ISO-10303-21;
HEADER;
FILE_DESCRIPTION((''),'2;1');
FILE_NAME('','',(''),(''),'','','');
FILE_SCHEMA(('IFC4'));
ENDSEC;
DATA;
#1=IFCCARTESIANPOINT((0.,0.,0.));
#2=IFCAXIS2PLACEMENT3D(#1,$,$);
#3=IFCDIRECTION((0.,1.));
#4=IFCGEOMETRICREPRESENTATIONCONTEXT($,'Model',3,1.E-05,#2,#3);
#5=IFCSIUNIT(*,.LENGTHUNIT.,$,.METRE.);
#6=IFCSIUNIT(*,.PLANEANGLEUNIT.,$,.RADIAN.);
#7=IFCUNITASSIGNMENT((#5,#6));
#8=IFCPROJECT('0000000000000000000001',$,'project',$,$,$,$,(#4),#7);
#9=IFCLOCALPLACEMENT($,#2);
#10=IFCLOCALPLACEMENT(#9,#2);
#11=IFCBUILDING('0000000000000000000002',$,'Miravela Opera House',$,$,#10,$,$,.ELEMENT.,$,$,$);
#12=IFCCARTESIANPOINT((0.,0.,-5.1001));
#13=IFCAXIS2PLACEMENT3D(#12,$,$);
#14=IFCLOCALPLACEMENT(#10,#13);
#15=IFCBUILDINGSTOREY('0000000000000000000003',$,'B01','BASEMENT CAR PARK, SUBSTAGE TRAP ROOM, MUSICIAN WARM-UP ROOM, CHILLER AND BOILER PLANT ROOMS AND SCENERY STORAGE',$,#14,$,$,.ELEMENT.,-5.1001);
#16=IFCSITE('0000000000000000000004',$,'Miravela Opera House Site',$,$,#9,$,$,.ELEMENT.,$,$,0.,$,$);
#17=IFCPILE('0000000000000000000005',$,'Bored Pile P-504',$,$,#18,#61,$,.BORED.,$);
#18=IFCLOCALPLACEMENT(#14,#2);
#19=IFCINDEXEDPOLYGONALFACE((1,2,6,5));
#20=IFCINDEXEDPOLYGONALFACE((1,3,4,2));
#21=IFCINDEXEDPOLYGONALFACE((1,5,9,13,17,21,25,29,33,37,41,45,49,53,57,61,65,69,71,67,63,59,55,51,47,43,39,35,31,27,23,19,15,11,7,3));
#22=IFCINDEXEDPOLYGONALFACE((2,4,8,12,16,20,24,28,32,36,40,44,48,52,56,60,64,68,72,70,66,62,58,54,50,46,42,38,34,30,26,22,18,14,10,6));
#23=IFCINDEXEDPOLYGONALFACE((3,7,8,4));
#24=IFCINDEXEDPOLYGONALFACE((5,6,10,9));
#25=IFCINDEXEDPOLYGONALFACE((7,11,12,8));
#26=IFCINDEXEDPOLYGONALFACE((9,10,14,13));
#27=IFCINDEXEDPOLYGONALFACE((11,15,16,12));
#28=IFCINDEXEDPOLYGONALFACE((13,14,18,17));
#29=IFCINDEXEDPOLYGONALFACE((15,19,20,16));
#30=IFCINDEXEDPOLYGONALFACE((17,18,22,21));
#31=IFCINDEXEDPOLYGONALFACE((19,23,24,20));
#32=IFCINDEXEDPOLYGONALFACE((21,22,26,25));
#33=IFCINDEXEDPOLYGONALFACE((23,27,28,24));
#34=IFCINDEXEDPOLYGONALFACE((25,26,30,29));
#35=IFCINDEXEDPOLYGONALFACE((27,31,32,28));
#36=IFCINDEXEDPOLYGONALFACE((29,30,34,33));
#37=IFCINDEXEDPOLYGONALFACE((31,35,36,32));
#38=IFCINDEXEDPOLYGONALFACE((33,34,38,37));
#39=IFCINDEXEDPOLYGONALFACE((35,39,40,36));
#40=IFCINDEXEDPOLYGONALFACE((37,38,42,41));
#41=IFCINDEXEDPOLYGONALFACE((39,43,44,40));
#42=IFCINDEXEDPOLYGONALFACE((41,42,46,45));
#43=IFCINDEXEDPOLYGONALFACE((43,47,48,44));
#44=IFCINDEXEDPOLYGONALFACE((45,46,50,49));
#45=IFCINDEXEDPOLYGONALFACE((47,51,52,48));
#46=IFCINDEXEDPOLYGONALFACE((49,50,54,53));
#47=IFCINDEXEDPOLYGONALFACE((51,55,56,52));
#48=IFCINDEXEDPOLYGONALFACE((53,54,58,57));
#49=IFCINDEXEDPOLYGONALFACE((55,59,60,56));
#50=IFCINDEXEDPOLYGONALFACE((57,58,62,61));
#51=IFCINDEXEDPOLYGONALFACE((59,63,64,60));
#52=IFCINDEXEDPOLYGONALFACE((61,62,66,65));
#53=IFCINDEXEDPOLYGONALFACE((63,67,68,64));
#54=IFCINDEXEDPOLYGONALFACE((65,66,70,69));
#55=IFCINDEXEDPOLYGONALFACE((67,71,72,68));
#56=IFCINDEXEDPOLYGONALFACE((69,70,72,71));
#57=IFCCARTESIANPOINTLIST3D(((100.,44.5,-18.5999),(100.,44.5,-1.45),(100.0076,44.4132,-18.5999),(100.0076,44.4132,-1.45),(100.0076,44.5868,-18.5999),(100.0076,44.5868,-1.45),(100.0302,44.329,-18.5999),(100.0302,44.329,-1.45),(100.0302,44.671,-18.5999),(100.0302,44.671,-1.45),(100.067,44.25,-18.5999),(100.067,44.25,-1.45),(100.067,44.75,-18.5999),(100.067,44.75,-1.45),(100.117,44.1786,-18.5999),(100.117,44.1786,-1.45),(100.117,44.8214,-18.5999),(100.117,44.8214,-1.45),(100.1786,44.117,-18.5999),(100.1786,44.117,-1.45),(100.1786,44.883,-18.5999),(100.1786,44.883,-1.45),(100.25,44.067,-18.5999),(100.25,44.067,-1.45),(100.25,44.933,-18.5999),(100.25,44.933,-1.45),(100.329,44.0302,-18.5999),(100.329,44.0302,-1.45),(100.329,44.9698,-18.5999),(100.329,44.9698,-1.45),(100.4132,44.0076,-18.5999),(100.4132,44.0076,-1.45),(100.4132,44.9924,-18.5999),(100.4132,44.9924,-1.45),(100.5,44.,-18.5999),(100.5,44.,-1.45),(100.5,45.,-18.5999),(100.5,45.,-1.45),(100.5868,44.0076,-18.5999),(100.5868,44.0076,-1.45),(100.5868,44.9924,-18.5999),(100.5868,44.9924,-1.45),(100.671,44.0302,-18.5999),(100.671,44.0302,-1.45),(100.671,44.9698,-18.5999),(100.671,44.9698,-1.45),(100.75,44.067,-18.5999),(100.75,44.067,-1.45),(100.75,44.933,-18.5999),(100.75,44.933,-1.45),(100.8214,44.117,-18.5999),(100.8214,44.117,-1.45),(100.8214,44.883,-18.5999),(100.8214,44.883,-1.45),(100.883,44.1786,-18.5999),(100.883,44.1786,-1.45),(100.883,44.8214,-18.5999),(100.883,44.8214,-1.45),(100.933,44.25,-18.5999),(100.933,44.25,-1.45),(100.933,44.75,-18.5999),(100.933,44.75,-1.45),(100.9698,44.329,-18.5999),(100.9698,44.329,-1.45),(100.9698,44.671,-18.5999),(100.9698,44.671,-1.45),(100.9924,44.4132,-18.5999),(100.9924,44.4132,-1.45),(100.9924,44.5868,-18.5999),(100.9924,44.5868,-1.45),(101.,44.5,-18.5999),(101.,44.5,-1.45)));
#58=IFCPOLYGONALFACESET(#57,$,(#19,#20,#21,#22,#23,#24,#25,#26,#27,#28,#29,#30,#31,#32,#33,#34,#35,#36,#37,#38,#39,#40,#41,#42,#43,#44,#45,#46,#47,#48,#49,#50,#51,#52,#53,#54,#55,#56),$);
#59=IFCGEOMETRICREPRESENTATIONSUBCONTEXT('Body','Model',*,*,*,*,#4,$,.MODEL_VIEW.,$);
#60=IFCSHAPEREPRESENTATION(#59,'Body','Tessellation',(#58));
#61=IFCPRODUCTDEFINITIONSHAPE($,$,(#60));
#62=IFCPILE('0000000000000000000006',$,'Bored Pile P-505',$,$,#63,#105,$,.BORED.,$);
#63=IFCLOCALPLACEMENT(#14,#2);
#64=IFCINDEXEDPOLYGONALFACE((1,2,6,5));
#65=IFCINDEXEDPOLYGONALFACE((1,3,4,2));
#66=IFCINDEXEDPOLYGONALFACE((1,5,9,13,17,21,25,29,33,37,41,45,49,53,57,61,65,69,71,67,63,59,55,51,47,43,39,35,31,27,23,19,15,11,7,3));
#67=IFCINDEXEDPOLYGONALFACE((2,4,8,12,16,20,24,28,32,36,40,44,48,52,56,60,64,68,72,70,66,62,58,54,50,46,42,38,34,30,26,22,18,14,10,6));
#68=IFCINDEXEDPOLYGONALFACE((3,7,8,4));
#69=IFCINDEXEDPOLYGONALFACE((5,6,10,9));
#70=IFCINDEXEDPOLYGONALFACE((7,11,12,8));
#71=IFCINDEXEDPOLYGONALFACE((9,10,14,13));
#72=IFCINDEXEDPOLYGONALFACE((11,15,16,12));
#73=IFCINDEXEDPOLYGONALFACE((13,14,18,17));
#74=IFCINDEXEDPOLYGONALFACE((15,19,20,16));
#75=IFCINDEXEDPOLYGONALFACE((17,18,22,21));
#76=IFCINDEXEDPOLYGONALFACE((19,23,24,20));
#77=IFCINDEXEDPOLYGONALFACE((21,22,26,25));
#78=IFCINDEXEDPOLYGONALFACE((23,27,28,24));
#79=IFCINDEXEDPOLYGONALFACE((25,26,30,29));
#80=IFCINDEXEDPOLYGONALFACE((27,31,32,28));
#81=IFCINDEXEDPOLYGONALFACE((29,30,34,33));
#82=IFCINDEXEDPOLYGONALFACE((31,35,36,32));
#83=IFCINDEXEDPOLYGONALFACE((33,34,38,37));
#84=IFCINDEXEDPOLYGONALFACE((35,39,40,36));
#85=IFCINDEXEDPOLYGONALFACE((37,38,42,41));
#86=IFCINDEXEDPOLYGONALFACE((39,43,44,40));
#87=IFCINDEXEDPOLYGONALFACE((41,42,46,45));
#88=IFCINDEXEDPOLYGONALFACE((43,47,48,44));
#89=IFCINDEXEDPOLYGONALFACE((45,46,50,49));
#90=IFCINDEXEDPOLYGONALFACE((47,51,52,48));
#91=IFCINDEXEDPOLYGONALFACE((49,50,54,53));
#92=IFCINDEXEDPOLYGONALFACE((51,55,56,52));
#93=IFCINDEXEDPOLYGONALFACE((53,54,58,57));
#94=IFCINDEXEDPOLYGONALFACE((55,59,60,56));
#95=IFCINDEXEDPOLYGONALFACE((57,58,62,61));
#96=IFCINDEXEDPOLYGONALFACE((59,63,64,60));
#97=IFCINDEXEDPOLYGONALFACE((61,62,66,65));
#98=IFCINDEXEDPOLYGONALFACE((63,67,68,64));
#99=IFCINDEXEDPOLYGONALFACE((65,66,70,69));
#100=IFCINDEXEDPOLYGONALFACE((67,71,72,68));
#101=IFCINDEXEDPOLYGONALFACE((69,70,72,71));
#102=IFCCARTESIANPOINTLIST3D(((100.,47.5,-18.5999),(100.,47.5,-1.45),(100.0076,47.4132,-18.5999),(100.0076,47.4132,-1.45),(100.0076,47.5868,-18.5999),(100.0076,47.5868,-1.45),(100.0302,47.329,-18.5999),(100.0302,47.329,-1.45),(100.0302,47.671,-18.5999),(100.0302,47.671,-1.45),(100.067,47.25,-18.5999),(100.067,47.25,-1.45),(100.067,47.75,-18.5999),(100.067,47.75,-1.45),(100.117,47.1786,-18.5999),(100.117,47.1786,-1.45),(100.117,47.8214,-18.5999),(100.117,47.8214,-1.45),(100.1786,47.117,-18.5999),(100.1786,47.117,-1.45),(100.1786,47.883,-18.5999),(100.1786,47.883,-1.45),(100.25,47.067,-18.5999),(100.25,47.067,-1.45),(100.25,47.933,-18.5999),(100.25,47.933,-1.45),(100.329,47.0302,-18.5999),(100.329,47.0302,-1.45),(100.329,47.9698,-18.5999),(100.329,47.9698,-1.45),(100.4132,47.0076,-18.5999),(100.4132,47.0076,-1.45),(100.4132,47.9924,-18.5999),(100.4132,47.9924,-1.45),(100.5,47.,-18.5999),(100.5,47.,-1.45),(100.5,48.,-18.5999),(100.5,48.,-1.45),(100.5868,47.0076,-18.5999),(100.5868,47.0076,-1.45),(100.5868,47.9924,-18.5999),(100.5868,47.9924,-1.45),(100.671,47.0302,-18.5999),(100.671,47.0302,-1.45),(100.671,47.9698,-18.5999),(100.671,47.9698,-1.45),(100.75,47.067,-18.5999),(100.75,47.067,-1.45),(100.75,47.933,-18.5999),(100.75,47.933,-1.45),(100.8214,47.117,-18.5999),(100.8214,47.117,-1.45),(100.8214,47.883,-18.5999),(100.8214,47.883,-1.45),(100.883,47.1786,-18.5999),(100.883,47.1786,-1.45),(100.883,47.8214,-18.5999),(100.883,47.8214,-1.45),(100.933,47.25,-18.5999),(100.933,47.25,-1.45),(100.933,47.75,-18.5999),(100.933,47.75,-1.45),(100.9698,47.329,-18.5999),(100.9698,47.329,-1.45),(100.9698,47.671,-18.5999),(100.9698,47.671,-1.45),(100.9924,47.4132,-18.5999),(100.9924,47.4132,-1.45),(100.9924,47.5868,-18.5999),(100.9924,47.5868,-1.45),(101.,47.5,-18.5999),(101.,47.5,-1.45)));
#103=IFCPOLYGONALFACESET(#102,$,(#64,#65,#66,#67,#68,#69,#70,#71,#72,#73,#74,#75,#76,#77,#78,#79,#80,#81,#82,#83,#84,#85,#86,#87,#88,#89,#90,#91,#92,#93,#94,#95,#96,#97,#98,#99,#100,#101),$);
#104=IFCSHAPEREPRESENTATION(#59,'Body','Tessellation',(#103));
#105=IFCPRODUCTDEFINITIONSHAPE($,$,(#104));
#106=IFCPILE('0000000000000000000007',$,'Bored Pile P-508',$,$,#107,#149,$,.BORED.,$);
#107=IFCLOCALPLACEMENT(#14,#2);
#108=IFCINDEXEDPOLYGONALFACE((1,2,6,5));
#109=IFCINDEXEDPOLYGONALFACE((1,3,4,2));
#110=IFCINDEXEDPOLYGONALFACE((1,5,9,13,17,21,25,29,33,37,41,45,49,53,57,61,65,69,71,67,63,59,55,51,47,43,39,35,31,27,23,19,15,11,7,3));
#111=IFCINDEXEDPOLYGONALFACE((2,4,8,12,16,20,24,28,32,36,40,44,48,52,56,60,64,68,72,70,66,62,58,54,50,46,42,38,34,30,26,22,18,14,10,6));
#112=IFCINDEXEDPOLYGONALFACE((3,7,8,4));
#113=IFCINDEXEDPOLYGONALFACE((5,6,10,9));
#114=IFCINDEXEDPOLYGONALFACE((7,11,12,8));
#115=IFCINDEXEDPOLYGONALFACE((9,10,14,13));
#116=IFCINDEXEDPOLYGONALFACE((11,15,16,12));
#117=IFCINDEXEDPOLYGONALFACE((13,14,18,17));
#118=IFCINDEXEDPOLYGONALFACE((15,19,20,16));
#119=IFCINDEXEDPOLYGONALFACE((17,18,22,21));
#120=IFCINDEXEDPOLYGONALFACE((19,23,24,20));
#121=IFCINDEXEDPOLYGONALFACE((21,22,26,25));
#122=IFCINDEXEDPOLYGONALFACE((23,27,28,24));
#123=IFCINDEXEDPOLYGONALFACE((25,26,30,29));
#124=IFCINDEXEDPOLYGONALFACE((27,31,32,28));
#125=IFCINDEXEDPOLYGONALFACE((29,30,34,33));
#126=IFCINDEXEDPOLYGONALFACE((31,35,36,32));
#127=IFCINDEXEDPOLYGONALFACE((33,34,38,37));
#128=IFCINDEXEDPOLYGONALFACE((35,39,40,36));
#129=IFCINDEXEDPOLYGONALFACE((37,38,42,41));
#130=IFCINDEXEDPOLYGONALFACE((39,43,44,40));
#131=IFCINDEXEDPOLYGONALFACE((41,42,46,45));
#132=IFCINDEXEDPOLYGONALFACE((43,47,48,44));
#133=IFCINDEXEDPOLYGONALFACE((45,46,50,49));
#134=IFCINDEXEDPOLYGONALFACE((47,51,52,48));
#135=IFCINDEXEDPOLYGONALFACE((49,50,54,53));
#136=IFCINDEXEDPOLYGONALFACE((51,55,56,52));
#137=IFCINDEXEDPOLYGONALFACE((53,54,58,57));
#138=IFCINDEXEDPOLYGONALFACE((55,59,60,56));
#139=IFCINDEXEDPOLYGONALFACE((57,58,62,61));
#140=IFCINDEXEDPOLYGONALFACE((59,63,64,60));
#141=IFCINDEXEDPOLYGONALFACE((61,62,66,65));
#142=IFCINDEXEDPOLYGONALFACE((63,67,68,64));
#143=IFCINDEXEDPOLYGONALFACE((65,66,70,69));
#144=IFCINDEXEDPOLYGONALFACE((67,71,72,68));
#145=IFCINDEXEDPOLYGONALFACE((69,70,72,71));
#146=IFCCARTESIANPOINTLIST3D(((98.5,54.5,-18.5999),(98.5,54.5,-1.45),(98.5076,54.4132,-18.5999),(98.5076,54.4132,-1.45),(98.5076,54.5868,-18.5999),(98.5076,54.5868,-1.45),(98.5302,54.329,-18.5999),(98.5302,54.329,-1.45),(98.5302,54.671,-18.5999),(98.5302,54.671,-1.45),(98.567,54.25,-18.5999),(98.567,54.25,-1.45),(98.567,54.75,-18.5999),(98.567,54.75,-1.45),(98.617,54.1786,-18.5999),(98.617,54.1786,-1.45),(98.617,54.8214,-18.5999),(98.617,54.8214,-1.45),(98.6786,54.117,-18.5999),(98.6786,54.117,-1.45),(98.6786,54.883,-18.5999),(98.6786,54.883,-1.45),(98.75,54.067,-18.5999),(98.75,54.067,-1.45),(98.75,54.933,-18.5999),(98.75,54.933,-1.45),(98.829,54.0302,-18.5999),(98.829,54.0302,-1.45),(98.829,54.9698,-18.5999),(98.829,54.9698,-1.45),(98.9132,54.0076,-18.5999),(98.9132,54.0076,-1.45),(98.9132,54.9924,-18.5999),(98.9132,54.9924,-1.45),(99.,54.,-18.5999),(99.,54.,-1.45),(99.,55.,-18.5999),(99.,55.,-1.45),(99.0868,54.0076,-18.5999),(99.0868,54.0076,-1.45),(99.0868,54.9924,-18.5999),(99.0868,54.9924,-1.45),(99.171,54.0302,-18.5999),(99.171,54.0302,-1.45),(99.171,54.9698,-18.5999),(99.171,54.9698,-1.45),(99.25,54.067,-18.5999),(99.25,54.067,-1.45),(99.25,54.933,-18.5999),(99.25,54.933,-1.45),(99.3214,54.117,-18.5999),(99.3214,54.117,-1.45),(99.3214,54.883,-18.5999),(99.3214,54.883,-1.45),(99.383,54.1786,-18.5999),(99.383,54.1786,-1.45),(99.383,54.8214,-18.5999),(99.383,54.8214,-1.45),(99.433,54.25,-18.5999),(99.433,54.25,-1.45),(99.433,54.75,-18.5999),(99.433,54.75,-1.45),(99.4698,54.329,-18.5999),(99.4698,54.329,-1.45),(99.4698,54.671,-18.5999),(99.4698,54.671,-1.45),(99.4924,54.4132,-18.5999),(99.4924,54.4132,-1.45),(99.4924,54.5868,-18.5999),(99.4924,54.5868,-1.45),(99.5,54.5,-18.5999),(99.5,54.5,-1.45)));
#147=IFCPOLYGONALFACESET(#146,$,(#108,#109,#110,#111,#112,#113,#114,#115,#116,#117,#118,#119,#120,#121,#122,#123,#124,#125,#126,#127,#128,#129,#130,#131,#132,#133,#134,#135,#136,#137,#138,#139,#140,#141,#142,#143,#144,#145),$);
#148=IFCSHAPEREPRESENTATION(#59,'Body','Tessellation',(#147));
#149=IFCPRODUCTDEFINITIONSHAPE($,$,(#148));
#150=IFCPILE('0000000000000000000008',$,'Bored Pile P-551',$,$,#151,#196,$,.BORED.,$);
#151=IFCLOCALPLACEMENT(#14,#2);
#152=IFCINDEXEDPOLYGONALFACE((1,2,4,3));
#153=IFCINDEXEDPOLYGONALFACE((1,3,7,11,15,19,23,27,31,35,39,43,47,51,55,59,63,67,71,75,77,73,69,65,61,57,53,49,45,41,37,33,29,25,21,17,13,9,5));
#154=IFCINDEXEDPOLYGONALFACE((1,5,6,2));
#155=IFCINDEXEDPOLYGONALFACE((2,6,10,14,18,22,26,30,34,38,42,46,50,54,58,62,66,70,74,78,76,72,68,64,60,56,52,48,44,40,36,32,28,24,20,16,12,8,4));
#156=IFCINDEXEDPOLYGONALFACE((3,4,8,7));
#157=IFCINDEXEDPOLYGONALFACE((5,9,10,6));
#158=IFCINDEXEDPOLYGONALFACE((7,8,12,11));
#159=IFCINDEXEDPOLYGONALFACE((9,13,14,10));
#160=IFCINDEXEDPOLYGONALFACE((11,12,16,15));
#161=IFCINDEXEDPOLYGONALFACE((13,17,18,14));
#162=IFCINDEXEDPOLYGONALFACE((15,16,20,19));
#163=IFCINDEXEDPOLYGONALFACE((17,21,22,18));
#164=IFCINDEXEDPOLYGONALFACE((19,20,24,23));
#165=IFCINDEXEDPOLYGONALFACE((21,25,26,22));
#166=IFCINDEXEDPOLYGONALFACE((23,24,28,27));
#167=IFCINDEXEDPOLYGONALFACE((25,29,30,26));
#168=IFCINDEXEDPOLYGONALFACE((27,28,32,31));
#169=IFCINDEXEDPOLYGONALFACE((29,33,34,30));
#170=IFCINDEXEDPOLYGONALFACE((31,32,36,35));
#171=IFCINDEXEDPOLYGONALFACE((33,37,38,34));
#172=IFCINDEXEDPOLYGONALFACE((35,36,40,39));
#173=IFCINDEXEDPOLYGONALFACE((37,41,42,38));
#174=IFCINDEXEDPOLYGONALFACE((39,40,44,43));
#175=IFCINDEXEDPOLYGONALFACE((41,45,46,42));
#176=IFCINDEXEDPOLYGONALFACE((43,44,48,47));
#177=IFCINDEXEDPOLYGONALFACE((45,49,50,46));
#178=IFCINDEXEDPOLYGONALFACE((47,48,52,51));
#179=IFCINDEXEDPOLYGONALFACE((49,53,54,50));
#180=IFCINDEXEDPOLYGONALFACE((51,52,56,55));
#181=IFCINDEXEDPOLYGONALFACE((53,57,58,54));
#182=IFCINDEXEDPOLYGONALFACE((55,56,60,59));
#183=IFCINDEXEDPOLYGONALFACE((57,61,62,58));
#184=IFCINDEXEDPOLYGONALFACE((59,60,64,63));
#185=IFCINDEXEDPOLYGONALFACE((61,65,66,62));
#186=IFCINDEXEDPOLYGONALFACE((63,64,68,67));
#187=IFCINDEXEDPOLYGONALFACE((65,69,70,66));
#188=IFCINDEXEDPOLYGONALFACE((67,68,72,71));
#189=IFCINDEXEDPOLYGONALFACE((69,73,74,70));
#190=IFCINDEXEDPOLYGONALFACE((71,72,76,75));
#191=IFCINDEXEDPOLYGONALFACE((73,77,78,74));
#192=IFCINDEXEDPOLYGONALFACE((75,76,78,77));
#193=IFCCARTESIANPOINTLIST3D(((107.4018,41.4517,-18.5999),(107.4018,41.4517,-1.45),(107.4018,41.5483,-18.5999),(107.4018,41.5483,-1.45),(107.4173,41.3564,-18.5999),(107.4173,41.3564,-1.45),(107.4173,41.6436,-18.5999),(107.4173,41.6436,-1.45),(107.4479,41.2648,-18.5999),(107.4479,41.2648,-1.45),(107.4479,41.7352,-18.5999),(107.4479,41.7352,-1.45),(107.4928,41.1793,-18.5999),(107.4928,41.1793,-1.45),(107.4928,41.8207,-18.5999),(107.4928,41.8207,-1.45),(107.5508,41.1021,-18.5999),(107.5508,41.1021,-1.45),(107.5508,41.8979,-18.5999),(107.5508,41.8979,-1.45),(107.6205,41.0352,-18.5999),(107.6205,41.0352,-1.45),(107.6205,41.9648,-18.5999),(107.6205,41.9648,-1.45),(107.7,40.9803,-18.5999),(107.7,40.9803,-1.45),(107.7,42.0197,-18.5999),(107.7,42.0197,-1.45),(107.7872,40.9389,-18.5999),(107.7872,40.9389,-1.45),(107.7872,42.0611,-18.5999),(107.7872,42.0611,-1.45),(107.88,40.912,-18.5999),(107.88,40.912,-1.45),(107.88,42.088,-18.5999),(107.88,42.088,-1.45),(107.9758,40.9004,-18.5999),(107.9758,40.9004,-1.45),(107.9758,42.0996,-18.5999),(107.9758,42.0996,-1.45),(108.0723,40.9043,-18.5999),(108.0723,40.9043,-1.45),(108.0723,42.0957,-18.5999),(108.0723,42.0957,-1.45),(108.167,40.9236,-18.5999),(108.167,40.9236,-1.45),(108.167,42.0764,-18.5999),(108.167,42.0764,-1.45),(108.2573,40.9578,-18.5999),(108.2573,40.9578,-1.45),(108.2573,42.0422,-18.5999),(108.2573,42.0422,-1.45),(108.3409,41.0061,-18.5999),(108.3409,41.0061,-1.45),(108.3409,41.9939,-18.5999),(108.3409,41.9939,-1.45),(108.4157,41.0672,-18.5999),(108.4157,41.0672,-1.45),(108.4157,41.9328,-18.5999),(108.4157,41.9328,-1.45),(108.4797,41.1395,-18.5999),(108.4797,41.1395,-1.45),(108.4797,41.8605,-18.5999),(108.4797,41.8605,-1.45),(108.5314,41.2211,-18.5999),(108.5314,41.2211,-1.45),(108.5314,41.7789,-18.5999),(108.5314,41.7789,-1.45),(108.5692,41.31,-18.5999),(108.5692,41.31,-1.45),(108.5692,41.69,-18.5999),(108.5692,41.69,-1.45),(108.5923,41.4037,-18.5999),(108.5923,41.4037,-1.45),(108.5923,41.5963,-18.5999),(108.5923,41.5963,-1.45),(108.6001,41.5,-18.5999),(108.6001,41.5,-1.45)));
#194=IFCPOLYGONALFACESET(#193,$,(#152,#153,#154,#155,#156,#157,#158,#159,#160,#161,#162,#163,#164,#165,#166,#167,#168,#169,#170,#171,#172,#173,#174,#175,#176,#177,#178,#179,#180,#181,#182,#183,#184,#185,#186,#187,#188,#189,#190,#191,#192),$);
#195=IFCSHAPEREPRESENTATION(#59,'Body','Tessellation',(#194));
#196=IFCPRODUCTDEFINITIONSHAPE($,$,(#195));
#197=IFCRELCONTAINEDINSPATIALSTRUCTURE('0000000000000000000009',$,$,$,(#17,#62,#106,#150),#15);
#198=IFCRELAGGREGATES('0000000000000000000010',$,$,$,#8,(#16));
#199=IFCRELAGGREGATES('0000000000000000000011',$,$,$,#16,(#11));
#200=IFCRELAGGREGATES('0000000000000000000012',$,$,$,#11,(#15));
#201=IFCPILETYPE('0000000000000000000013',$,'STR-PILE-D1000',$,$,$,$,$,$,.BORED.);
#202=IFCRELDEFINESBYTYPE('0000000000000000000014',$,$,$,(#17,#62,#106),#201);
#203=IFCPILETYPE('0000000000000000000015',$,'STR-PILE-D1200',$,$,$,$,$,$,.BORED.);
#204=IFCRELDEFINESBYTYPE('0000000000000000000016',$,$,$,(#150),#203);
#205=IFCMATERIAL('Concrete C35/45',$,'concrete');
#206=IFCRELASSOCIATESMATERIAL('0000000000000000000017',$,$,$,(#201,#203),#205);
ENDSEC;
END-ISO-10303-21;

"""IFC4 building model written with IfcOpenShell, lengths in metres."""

from ifc_helpers import new_model, si_unit, direction, frame, origin, origin_2d, place, context, subcontext, project, spatial, circle, extrude, material, material_profile, profile_set, type_object, element, save


model = new_model("IFC4")

# Units and contexts
model_context = context("Model", 3, precision=1e-05, world=origin(), true_north=direction((0.0, 1.0)))
body_context = subcontext(model_context, "Body", "Model", "MODEL_VIEW")
ifc_project = project(units=[si_unit("LENGTHUNIT", "METRE"), si_unit("PLANEANGLEUNIT", "RADIAN")], contexts=[model_context])

# Site, building, storey
site_placement = place(None, origin())
site = spatial("IfcSite", under=ifc_project, at=site_placement, Name="Miravela Opera House Site", CompositionType="ELEMENT", RefElevation=0.0)
building_placement = place(site_placement, origin())
building = spatial("IfcBuilding", under=site, at=building_placement, Name="Miravela Opera House", CompositionType="ELEMENT")
storey_placement = place(building_placement, frame((0.0, 0.0, -5.1001)))
storey = spatial("IfcBuildingStorey", under=building, at=storey_placement, Name="B01", Description="BASEMENT CAR PARK, SUBSTAGE TRAP ROOM, MUSICIAN WARM-UP ROOM, CHILLER AND BOILER PLANT ROOMS AND SCENERY STORAGE", CompositionType="ELEMENT", Elevation=-5.1001)

# Shared definitions
ifc_material_1 = material(Name="Concrete C35/45", Category="concrete")

# Piles
ifc_material_profile_1 = material_profile(ifc_material_1, circle(Radius=0.5, at=origin_2d()), Name="PILE-D1000")
ifc_profile_set_1 = profile_set([ifc_material_profile_1])
pile_type_1 = type_object("IfcPileType", Name="STR-PILE-D1000", PredefinedType="BORED", material=ifc_profile_set_1)
for number, where, z_axis, x_axis, name in (
    (1, (100.5, 44.5, -1.45), (0.0, 0.0, -1.0), (1.0, 0.0, 0.0), "Bored Pile P-504"),
    (2, (100.5, 47.5, -1.45), (0.0, 0.0, -1.0), (1.0, 0.0, 0.0), "Bored Pile P-505"),
    (3, (99.0, 54.5, -1.45), (0.0, 0.0, -1.0), (1.0, 0.0, 0.0), "Bored Pile P-508"),
):
    element("IfcPile", number, at=place(storey_placement, frame(where, z_axis=z_axis, x_axis=x_axis)), inside=storey, type_object=pile_type_1, Name=name, PredefinedType="BORED", context=body_context, shape_type="SweptSolid", body=[
        extrude(circle(Radius=0.5, at=origin_2d()), origin(), (0.0, 0.0, 1.0), 17.1499),
    ])
ifc_material_profile_2 = material_profile(ifc_material_1, circle(Radius=0.6001, at=origin_2d()), Name="PILE-D1200")
ifc_profile_set_2 = profile_set([ifc_material_profile_2])
pile_type_2 = type_object("IfcPileType", Name="STR-PILE-D1200", PredefinedType="BORED", material=ifc_profile_set_2)
for number, where, z_axis, x_axis, name in (
    (4, (108.0, 41.5, -1.45), (0.0, 0.0, -1.0), (1.0, 0.0, 0.0), "Bored Pile P-551"),
):
    element("IfcPile", number, at=place(storey_placement, frame(where, z_axis=z_axis, x_axis=x_axis)), inside=storey, type_object=pile_type_2, Name=name, PredefinedType="BORED", context=body_context, shape_type="SweptSolid", body=[
        extrude(circle(Radius=0.6001, at=origin_2d()), origin(), (0.0, 0.0, 1.0), 17.1499),
    ])

save(model, "model.ifc")
